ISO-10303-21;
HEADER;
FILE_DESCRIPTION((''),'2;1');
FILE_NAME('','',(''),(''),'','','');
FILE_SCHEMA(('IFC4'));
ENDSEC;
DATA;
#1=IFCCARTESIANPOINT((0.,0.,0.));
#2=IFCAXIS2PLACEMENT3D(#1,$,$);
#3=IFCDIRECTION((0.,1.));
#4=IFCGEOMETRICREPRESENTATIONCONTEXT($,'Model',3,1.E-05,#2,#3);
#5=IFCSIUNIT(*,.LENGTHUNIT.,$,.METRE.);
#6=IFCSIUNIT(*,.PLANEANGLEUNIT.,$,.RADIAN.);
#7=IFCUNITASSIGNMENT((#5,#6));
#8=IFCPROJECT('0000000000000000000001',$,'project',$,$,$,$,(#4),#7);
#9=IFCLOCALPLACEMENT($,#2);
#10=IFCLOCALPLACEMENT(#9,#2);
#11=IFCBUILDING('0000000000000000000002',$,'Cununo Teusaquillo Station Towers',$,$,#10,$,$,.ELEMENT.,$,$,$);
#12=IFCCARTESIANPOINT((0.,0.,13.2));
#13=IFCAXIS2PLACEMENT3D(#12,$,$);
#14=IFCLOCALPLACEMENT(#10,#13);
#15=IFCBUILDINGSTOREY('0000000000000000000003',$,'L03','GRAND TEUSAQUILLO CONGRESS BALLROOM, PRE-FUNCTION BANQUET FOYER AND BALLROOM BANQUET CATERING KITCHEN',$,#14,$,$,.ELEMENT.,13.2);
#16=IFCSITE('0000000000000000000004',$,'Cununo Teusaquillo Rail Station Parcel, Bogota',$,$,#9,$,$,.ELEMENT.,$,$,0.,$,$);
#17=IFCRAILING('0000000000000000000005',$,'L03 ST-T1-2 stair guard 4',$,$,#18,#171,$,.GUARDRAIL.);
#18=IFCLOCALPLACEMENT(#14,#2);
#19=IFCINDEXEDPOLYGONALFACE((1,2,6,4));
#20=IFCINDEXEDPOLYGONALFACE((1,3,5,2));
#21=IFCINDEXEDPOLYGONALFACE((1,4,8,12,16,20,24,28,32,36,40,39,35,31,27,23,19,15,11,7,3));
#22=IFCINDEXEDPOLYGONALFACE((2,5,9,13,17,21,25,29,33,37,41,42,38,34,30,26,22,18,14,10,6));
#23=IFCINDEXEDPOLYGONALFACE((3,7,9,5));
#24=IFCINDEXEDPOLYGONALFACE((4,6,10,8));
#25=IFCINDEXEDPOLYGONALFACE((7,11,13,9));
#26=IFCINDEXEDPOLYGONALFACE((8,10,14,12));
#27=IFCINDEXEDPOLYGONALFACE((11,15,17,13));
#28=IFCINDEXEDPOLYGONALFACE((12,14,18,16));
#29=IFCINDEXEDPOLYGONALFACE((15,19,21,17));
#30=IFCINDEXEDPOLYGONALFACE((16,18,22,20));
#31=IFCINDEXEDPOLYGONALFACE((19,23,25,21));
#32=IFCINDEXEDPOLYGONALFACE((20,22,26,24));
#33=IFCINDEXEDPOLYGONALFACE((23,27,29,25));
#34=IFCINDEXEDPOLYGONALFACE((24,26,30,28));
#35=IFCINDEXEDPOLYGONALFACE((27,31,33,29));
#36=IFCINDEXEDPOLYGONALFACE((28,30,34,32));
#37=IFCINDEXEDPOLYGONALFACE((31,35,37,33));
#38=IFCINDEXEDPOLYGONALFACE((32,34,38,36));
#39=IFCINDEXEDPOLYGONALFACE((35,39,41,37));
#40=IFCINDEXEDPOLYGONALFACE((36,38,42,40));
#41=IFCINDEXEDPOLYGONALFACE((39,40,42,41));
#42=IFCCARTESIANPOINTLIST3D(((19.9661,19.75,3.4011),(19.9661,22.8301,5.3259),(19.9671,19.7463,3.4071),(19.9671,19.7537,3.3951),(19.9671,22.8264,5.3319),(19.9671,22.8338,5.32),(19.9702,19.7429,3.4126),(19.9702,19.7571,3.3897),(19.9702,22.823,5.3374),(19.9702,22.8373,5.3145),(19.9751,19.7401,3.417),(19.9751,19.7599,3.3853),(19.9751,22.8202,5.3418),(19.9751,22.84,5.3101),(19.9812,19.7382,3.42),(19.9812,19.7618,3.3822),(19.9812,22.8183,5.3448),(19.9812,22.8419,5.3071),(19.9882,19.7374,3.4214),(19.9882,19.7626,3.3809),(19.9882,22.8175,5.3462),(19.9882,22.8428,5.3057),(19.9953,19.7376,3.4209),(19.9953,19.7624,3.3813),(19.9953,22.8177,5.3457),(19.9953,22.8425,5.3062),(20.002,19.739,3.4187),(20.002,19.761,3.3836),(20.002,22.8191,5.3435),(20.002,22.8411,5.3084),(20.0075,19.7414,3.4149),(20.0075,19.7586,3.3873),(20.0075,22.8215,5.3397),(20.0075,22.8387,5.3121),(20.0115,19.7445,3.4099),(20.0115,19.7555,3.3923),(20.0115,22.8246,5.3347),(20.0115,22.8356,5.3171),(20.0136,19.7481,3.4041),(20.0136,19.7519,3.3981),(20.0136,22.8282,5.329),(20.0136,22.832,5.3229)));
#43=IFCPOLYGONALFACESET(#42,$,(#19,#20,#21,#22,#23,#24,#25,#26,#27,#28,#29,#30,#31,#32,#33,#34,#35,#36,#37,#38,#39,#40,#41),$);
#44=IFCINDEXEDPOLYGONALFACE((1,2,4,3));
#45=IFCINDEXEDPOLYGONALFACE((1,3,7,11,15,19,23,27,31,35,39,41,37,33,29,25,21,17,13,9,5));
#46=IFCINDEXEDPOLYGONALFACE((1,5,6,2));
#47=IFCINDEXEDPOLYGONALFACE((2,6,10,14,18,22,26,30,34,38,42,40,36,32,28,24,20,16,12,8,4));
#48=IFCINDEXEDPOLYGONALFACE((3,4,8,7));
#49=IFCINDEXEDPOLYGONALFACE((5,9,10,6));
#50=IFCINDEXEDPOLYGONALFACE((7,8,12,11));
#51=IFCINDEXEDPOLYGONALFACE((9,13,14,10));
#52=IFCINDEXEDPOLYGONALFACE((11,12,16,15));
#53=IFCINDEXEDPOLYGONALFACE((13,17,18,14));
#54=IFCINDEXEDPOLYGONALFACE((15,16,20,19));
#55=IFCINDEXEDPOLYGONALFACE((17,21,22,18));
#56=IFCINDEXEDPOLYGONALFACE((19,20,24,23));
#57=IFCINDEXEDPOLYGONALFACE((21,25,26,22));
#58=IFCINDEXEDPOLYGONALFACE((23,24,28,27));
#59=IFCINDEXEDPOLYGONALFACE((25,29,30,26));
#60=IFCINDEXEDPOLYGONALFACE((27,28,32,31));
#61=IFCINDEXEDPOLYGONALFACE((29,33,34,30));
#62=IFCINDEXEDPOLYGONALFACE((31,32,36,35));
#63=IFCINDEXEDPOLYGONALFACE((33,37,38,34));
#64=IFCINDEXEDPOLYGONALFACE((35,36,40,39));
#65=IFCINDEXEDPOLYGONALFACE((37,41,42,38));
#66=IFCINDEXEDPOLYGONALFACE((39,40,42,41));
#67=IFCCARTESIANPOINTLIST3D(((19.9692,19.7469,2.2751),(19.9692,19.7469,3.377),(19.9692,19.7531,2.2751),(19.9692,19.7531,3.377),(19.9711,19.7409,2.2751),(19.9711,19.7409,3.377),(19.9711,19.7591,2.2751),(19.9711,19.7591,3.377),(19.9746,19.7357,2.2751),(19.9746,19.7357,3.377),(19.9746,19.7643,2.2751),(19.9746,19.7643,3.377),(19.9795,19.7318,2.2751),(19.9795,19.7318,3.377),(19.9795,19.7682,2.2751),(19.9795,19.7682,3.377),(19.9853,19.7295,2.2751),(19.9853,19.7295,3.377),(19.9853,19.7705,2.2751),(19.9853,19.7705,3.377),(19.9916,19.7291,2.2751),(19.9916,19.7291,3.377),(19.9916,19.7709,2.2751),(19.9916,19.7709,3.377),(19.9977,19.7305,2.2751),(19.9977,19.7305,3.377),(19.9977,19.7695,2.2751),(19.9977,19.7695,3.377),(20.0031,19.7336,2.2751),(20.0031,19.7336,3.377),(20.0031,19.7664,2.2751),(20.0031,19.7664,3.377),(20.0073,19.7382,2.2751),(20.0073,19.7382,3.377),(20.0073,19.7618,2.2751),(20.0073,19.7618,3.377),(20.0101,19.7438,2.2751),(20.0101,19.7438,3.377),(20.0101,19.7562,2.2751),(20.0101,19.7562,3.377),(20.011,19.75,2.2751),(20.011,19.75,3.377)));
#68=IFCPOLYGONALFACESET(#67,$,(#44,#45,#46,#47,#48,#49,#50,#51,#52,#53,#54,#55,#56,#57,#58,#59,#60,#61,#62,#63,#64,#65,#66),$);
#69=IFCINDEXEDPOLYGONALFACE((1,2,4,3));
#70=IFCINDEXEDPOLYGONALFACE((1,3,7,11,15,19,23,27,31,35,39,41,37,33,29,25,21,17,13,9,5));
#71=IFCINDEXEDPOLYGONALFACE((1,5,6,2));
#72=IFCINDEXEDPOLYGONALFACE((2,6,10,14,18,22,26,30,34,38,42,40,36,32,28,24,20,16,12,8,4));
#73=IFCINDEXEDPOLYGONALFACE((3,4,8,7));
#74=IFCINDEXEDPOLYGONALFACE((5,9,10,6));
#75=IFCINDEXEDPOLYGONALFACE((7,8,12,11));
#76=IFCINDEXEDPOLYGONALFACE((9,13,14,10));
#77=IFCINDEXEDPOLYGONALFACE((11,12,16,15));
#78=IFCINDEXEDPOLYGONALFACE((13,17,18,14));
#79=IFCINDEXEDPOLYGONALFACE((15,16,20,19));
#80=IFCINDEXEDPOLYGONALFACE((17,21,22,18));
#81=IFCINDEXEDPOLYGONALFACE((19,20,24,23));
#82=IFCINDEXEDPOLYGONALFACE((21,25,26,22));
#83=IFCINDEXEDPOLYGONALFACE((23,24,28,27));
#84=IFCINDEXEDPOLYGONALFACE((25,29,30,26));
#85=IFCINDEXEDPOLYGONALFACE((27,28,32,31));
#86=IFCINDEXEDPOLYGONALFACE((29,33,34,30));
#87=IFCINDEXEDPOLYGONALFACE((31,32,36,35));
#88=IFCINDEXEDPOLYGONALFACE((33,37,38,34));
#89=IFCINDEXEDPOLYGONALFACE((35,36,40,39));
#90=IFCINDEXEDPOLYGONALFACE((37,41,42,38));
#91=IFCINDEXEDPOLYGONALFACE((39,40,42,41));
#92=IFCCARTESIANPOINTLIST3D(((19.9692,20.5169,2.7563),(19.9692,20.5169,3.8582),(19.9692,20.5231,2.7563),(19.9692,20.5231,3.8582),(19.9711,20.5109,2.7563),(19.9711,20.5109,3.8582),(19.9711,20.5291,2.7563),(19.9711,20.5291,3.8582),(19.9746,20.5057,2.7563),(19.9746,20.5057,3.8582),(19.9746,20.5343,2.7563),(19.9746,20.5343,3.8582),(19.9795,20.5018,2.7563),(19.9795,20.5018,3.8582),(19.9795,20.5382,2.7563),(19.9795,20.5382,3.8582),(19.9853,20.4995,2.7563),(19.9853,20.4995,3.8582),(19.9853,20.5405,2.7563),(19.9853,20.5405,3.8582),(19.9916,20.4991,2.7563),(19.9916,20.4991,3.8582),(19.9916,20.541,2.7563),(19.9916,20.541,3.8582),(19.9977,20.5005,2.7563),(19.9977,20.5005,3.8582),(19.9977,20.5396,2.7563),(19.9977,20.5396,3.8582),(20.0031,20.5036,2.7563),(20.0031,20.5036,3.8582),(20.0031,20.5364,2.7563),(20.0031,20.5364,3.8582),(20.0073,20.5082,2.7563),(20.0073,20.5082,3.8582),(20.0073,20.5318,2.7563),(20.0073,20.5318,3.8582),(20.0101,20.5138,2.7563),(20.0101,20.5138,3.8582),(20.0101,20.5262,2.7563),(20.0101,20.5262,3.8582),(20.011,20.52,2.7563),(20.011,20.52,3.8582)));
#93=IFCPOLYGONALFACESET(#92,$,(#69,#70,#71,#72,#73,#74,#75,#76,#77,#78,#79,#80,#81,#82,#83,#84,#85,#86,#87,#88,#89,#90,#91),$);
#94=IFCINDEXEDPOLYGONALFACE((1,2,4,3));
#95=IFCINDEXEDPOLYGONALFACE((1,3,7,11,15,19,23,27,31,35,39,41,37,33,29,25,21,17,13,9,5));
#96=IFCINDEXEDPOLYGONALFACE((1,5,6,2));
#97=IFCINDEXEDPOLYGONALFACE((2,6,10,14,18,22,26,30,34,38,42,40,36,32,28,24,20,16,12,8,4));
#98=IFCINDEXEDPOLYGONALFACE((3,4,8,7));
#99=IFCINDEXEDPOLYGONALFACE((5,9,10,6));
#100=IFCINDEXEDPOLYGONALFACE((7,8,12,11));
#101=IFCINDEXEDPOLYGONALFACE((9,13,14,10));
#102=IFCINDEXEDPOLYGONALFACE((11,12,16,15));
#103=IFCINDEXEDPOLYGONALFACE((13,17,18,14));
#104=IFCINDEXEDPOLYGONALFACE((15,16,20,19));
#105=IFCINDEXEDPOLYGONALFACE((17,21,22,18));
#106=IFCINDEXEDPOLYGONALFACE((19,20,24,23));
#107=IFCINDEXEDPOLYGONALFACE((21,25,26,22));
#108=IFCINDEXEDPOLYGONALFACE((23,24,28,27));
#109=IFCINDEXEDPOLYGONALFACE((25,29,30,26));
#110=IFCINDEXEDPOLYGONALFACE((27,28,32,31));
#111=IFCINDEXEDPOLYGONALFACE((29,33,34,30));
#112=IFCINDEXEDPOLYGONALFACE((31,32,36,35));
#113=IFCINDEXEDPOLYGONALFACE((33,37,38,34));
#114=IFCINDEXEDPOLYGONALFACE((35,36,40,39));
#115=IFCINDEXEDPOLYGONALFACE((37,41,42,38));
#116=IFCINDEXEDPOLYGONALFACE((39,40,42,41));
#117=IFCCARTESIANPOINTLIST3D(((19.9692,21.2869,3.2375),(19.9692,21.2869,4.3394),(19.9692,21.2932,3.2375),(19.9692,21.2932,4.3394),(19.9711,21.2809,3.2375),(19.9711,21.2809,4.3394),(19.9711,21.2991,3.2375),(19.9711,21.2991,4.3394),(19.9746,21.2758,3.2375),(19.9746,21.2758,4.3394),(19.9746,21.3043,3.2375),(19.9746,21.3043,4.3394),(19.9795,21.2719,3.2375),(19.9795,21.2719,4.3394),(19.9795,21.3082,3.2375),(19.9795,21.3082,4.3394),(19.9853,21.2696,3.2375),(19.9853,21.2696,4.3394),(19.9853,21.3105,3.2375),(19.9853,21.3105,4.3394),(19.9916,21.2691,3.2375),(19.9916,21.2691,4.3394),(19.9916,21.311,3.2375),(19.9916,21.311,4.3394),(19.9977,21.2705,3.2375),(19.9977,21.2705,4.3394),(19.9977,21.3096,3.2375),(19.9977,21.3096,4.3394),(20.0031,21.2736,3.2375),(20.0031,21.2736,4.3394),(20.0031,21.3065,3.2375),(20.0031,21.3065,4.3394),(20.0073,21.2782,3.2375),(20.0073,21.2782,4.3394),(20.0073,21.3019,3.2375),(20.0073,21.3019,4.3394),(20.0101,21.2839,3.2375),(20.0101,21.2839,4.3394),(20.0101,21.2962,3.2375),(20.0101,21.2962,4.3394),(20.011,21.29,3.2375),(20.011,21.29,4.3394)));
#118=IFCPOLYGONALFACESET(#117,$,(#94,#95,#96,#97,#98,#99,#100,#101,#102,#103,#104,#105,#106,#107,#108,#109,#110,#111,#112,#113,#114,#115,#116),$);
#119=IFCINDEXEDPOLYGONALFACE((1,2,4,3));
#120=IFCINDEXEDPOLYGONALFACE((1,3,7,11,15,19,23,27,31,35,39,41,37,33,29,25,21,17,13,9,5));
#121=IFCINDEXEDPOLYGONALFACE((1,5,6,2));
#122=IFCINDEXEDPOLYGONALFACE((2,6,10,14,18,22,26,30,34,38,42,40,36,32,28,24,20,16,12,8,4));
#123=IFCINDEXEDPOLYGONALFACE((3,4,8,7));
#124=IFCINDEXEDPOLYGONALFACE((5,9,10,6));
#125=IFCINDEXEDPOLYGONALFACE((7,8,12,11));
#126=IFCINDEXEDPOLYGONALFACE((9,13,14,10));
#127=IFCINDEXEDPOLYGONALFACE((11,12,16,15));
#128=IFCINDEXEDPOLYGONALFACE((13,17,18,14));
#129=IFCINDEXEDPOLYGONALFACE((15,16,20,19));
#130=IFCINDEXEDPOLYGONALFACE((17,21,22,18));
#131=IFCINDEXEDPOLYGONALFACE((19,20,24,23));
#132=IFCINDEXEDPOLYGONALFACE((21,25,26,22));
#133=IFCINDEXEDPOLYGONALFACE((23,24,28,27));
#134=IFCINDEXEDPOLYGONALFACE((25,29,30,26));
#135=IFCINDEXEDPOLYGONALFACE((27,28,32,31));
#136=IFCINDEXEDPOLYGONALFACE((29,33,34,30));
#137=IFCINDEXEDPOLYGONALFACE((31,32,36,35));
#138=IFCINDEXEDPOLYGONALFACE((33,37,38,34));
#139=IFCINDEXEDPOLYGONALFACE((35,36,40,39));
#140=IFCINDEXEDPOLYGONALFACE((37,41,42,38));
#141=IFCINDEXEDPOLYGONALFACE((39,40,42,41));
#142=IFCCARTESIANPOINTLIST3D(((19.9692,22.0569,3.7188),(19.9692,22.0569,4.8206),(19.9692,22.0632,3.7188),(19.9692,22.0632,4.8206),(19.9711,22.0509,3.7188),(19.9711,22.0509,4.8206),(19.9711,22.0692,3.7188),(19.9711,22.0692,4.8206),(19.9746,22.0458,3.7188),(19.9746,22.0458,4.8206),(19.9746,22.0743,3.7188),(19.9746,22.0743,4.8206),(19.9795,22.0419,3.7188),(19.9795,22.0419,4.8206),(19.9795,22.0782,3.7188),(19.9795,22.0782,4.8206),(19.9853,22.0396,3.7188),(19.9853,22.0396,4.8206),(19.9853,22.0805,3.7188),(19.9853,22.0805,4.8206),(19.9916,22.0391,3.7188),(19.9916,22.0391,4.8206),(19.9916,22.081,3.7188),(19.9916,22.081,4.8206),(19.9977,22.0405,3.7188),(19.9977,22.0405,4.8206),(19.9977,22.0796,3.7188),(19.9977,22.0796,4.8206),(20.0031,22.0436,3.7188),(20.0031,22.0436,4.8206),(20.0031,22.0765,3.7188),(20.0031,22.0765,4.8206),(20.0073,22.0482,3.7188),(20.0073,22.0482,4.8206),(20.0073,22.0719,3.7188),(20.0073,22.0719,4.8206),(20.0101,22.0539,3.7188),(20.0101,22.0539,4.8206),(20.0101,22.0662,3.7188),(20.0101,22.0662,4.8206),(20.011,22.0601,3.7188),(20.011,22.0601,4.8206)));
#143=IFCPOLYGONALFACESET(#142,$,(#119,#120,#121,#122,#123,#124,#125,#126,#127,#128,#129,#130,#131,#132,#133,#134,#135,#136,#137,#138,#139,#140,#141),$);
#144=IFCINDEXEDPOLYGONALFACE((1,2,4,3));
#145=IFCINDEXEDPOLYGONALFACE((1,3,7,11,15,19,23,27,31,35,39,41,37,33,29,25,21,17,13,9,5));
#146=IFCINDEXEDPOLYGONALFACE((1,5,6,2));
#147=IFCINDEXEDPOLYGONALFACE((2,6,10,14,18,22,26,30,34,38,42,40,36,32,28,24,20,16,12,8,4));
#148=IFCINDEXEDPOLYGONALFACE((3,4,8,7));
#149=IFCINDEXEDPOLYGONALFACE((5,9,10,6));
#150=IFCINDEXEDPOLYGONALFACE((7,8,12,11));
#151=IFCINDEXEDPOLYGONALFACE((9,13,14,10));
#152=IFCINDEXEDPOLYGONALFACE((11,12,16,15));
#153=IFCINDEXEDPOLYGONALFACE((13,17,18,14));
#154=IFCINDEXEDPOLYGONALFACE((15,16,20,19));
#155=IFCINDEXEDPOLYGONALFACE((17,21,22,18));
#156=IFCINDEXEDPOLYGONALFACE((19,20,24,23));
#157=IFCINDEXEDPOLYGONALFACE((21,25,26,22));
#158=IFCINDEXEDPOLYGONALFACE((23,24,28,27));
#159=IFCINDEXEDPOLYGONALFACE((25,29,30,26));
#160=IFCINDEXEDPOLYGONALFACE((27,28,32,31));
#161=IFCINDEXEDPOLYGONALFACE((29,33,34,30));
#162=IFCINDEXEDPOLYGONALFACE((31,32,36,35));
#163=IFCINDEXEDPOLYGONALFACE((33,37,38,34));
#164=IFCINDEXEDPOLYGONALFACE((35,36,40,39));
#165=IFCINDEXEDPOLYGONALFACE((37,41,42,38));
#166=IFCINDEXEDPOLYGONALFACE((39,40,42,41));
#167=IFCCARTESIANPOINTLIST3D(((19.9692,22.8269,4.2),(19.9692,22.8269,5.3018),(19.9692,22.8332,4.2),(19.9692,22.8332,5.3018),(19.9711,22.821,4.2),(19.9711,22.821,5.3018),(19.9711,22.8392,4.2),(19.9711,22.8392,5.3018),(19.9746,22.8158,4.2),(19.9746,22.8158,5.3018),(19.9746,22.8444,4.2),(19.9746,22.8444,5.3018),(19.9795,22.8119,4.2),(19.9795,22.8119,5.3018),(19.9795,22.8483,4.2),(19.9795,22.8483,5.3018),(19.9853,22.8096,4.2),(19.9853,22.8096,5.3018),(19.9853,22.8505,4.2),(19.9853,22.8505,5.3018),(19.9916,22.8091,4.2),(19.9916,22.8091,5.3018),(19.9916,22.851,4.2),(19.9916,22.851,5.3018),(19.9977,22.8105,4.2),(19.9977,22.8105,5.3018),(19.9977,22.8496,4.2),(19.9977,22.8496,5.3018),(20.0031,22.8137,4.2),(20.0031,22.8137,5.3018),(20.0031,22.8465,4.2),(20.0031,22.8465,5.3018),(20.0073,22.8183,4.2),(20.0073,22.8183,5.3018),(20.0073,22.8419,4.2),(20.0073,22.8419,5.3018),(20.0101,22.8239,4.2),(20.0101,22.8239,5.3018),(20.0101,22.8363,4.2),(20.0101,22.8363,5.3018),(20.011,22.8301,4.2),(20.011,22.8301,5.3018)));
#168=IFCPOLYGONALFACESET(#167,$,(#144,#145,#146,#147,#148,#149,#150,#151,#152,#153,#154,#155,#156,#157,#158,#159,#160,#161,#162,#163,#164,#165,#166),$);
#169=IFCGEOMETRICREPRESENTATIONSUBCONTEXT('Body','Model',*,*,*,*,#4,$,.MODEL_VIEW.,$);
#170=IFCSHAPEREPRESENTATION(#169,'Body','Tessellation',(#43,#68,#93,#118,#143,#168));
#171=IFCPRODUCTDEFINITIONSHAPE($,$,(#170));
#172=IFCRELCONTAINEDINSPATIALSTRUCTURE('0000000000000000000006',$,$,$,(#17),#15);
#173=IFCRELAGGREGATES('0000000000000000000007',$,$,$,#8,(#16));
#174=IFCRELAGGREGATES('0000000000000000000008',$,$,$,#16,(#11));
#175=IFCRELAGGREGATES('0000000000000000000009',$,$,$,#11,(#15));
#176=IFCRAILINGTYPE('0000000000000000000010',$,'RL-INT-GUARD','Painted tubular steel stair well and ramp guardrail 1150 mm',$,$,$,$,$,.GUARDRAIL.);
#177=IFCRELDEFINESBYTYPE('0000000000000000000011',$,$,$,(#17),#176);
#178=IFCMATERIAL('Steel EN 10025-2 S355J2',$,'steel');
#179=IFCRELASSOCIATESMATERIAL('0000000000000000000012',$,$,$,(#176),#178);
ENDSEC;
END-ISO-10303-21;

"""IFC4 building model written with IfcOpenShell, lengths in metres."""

from ifc_helpers import new_model, si_unit, direction, frame, origin, origin_2d, place, context, subcontext, project, spatial, circle, extrude, material, type_object, element, save


model = new_model("IFC4")

# Units and contexts
model_context = context("Model", 3, precision=1e-05, world=origin(), true_north=direction((0.0, 1.0)))
body_context = subcontext(model_context, "Body", "Model", "MODEL_VIEW")
ifc_project = project(units=[si_unit("LENGTHUNIT", "METRE"), si_unit("PLANEANGLEUNIT", "RADIAN")], contexts=[model_context])

# Site, building, storey
site_placement = place(None, origin())
site = spatial("IfcSite", under=ifc_project, at=site_placement, Name="Cununo Teusaquillo Rail Station Parcel, Bogota", CompositionType="ELEMENT", RefElevation=0.0)
building_placement = place(site_placement, origin())
building = spatial("IfcBuilding", under=site, at=building_placement, Name="Cununo Teusaquillo Station Towers", CompositionType="ELEMENT")
storey_placement = place(building_placement, frame((0.0, 0.0, 13.2)))
storey = spatial("IfcBuildingStorey", under=building, at=storey_placement, Name="L03", Description="GRAND TEUSAQUILLO CONGRESS BALLROOM, PRE-FUNCTION BANQUET FOYER AND BALLROOM BANQUET CATERING KITCHEN", CompositionType="ELEMENT", Elevation=13.2)

# Railing
ifc_material_1 = material(Name="Steel EN 10025-2 S355J2", Category="steel")
railing_type_1 = type_object("IfcRailingType", Name="RL-INT-GUARD", Description="Painted tubular steel stair well and ramp guardrail 1150 mm", PredefinedType="GUARDRAIL", material=ifc_material_1)
railing_1_placement = place(storey_placement, frame((19.99, 19.75, 2.2751)))
element("IfcRailing", 1, at=railing_1_placement, inside=storey, type_object=railing_type_1, Name="L03 ST-T1-2 stair guard 4", PredefinedType="GUARDRAIL", context=body_context, shape_type="SweptSolid", body=[
    extrude(circle(Radius=0.0239, at=origin_2d()), frame((0.0, 0.0, 1.126), z_axis=(0.0, 0.848029, 0.529951), x_axis=(-1.0, 0.0, 0.0)), (0.0, 0.0, 1.0), 3.6321),
    extrude(circle(Radius=0.021, at=origin_2d()), origin(), (0.0, 0.0, 1.0), 1.1018),
    extrude(circle(Radius=0.021, at=origin_2d()), frame((0.0, 0.77, 0.4812)), (0.0, 0.0, 1.0), 1.1018),
    extrude(circle(Radius=0.021, at=origin_2d()), frame((0.0, 1.54, 0.9624)), (0.0, 0.0, 1.0), 1.1018),
    extrude(circle(Radius=0.021, at=origin_2d()), frame((0.0, 2.3101, 1.4436)), (0.0, 0.0, 1.0), 1.1018),
    extrude(circle(Radius=0.021, at=origin_2d()), frame((0.0, 3.0801, 1.9248)), (0.0, 0.0, 1.0), 1.1018),
])

save(model, "model.ifc")
